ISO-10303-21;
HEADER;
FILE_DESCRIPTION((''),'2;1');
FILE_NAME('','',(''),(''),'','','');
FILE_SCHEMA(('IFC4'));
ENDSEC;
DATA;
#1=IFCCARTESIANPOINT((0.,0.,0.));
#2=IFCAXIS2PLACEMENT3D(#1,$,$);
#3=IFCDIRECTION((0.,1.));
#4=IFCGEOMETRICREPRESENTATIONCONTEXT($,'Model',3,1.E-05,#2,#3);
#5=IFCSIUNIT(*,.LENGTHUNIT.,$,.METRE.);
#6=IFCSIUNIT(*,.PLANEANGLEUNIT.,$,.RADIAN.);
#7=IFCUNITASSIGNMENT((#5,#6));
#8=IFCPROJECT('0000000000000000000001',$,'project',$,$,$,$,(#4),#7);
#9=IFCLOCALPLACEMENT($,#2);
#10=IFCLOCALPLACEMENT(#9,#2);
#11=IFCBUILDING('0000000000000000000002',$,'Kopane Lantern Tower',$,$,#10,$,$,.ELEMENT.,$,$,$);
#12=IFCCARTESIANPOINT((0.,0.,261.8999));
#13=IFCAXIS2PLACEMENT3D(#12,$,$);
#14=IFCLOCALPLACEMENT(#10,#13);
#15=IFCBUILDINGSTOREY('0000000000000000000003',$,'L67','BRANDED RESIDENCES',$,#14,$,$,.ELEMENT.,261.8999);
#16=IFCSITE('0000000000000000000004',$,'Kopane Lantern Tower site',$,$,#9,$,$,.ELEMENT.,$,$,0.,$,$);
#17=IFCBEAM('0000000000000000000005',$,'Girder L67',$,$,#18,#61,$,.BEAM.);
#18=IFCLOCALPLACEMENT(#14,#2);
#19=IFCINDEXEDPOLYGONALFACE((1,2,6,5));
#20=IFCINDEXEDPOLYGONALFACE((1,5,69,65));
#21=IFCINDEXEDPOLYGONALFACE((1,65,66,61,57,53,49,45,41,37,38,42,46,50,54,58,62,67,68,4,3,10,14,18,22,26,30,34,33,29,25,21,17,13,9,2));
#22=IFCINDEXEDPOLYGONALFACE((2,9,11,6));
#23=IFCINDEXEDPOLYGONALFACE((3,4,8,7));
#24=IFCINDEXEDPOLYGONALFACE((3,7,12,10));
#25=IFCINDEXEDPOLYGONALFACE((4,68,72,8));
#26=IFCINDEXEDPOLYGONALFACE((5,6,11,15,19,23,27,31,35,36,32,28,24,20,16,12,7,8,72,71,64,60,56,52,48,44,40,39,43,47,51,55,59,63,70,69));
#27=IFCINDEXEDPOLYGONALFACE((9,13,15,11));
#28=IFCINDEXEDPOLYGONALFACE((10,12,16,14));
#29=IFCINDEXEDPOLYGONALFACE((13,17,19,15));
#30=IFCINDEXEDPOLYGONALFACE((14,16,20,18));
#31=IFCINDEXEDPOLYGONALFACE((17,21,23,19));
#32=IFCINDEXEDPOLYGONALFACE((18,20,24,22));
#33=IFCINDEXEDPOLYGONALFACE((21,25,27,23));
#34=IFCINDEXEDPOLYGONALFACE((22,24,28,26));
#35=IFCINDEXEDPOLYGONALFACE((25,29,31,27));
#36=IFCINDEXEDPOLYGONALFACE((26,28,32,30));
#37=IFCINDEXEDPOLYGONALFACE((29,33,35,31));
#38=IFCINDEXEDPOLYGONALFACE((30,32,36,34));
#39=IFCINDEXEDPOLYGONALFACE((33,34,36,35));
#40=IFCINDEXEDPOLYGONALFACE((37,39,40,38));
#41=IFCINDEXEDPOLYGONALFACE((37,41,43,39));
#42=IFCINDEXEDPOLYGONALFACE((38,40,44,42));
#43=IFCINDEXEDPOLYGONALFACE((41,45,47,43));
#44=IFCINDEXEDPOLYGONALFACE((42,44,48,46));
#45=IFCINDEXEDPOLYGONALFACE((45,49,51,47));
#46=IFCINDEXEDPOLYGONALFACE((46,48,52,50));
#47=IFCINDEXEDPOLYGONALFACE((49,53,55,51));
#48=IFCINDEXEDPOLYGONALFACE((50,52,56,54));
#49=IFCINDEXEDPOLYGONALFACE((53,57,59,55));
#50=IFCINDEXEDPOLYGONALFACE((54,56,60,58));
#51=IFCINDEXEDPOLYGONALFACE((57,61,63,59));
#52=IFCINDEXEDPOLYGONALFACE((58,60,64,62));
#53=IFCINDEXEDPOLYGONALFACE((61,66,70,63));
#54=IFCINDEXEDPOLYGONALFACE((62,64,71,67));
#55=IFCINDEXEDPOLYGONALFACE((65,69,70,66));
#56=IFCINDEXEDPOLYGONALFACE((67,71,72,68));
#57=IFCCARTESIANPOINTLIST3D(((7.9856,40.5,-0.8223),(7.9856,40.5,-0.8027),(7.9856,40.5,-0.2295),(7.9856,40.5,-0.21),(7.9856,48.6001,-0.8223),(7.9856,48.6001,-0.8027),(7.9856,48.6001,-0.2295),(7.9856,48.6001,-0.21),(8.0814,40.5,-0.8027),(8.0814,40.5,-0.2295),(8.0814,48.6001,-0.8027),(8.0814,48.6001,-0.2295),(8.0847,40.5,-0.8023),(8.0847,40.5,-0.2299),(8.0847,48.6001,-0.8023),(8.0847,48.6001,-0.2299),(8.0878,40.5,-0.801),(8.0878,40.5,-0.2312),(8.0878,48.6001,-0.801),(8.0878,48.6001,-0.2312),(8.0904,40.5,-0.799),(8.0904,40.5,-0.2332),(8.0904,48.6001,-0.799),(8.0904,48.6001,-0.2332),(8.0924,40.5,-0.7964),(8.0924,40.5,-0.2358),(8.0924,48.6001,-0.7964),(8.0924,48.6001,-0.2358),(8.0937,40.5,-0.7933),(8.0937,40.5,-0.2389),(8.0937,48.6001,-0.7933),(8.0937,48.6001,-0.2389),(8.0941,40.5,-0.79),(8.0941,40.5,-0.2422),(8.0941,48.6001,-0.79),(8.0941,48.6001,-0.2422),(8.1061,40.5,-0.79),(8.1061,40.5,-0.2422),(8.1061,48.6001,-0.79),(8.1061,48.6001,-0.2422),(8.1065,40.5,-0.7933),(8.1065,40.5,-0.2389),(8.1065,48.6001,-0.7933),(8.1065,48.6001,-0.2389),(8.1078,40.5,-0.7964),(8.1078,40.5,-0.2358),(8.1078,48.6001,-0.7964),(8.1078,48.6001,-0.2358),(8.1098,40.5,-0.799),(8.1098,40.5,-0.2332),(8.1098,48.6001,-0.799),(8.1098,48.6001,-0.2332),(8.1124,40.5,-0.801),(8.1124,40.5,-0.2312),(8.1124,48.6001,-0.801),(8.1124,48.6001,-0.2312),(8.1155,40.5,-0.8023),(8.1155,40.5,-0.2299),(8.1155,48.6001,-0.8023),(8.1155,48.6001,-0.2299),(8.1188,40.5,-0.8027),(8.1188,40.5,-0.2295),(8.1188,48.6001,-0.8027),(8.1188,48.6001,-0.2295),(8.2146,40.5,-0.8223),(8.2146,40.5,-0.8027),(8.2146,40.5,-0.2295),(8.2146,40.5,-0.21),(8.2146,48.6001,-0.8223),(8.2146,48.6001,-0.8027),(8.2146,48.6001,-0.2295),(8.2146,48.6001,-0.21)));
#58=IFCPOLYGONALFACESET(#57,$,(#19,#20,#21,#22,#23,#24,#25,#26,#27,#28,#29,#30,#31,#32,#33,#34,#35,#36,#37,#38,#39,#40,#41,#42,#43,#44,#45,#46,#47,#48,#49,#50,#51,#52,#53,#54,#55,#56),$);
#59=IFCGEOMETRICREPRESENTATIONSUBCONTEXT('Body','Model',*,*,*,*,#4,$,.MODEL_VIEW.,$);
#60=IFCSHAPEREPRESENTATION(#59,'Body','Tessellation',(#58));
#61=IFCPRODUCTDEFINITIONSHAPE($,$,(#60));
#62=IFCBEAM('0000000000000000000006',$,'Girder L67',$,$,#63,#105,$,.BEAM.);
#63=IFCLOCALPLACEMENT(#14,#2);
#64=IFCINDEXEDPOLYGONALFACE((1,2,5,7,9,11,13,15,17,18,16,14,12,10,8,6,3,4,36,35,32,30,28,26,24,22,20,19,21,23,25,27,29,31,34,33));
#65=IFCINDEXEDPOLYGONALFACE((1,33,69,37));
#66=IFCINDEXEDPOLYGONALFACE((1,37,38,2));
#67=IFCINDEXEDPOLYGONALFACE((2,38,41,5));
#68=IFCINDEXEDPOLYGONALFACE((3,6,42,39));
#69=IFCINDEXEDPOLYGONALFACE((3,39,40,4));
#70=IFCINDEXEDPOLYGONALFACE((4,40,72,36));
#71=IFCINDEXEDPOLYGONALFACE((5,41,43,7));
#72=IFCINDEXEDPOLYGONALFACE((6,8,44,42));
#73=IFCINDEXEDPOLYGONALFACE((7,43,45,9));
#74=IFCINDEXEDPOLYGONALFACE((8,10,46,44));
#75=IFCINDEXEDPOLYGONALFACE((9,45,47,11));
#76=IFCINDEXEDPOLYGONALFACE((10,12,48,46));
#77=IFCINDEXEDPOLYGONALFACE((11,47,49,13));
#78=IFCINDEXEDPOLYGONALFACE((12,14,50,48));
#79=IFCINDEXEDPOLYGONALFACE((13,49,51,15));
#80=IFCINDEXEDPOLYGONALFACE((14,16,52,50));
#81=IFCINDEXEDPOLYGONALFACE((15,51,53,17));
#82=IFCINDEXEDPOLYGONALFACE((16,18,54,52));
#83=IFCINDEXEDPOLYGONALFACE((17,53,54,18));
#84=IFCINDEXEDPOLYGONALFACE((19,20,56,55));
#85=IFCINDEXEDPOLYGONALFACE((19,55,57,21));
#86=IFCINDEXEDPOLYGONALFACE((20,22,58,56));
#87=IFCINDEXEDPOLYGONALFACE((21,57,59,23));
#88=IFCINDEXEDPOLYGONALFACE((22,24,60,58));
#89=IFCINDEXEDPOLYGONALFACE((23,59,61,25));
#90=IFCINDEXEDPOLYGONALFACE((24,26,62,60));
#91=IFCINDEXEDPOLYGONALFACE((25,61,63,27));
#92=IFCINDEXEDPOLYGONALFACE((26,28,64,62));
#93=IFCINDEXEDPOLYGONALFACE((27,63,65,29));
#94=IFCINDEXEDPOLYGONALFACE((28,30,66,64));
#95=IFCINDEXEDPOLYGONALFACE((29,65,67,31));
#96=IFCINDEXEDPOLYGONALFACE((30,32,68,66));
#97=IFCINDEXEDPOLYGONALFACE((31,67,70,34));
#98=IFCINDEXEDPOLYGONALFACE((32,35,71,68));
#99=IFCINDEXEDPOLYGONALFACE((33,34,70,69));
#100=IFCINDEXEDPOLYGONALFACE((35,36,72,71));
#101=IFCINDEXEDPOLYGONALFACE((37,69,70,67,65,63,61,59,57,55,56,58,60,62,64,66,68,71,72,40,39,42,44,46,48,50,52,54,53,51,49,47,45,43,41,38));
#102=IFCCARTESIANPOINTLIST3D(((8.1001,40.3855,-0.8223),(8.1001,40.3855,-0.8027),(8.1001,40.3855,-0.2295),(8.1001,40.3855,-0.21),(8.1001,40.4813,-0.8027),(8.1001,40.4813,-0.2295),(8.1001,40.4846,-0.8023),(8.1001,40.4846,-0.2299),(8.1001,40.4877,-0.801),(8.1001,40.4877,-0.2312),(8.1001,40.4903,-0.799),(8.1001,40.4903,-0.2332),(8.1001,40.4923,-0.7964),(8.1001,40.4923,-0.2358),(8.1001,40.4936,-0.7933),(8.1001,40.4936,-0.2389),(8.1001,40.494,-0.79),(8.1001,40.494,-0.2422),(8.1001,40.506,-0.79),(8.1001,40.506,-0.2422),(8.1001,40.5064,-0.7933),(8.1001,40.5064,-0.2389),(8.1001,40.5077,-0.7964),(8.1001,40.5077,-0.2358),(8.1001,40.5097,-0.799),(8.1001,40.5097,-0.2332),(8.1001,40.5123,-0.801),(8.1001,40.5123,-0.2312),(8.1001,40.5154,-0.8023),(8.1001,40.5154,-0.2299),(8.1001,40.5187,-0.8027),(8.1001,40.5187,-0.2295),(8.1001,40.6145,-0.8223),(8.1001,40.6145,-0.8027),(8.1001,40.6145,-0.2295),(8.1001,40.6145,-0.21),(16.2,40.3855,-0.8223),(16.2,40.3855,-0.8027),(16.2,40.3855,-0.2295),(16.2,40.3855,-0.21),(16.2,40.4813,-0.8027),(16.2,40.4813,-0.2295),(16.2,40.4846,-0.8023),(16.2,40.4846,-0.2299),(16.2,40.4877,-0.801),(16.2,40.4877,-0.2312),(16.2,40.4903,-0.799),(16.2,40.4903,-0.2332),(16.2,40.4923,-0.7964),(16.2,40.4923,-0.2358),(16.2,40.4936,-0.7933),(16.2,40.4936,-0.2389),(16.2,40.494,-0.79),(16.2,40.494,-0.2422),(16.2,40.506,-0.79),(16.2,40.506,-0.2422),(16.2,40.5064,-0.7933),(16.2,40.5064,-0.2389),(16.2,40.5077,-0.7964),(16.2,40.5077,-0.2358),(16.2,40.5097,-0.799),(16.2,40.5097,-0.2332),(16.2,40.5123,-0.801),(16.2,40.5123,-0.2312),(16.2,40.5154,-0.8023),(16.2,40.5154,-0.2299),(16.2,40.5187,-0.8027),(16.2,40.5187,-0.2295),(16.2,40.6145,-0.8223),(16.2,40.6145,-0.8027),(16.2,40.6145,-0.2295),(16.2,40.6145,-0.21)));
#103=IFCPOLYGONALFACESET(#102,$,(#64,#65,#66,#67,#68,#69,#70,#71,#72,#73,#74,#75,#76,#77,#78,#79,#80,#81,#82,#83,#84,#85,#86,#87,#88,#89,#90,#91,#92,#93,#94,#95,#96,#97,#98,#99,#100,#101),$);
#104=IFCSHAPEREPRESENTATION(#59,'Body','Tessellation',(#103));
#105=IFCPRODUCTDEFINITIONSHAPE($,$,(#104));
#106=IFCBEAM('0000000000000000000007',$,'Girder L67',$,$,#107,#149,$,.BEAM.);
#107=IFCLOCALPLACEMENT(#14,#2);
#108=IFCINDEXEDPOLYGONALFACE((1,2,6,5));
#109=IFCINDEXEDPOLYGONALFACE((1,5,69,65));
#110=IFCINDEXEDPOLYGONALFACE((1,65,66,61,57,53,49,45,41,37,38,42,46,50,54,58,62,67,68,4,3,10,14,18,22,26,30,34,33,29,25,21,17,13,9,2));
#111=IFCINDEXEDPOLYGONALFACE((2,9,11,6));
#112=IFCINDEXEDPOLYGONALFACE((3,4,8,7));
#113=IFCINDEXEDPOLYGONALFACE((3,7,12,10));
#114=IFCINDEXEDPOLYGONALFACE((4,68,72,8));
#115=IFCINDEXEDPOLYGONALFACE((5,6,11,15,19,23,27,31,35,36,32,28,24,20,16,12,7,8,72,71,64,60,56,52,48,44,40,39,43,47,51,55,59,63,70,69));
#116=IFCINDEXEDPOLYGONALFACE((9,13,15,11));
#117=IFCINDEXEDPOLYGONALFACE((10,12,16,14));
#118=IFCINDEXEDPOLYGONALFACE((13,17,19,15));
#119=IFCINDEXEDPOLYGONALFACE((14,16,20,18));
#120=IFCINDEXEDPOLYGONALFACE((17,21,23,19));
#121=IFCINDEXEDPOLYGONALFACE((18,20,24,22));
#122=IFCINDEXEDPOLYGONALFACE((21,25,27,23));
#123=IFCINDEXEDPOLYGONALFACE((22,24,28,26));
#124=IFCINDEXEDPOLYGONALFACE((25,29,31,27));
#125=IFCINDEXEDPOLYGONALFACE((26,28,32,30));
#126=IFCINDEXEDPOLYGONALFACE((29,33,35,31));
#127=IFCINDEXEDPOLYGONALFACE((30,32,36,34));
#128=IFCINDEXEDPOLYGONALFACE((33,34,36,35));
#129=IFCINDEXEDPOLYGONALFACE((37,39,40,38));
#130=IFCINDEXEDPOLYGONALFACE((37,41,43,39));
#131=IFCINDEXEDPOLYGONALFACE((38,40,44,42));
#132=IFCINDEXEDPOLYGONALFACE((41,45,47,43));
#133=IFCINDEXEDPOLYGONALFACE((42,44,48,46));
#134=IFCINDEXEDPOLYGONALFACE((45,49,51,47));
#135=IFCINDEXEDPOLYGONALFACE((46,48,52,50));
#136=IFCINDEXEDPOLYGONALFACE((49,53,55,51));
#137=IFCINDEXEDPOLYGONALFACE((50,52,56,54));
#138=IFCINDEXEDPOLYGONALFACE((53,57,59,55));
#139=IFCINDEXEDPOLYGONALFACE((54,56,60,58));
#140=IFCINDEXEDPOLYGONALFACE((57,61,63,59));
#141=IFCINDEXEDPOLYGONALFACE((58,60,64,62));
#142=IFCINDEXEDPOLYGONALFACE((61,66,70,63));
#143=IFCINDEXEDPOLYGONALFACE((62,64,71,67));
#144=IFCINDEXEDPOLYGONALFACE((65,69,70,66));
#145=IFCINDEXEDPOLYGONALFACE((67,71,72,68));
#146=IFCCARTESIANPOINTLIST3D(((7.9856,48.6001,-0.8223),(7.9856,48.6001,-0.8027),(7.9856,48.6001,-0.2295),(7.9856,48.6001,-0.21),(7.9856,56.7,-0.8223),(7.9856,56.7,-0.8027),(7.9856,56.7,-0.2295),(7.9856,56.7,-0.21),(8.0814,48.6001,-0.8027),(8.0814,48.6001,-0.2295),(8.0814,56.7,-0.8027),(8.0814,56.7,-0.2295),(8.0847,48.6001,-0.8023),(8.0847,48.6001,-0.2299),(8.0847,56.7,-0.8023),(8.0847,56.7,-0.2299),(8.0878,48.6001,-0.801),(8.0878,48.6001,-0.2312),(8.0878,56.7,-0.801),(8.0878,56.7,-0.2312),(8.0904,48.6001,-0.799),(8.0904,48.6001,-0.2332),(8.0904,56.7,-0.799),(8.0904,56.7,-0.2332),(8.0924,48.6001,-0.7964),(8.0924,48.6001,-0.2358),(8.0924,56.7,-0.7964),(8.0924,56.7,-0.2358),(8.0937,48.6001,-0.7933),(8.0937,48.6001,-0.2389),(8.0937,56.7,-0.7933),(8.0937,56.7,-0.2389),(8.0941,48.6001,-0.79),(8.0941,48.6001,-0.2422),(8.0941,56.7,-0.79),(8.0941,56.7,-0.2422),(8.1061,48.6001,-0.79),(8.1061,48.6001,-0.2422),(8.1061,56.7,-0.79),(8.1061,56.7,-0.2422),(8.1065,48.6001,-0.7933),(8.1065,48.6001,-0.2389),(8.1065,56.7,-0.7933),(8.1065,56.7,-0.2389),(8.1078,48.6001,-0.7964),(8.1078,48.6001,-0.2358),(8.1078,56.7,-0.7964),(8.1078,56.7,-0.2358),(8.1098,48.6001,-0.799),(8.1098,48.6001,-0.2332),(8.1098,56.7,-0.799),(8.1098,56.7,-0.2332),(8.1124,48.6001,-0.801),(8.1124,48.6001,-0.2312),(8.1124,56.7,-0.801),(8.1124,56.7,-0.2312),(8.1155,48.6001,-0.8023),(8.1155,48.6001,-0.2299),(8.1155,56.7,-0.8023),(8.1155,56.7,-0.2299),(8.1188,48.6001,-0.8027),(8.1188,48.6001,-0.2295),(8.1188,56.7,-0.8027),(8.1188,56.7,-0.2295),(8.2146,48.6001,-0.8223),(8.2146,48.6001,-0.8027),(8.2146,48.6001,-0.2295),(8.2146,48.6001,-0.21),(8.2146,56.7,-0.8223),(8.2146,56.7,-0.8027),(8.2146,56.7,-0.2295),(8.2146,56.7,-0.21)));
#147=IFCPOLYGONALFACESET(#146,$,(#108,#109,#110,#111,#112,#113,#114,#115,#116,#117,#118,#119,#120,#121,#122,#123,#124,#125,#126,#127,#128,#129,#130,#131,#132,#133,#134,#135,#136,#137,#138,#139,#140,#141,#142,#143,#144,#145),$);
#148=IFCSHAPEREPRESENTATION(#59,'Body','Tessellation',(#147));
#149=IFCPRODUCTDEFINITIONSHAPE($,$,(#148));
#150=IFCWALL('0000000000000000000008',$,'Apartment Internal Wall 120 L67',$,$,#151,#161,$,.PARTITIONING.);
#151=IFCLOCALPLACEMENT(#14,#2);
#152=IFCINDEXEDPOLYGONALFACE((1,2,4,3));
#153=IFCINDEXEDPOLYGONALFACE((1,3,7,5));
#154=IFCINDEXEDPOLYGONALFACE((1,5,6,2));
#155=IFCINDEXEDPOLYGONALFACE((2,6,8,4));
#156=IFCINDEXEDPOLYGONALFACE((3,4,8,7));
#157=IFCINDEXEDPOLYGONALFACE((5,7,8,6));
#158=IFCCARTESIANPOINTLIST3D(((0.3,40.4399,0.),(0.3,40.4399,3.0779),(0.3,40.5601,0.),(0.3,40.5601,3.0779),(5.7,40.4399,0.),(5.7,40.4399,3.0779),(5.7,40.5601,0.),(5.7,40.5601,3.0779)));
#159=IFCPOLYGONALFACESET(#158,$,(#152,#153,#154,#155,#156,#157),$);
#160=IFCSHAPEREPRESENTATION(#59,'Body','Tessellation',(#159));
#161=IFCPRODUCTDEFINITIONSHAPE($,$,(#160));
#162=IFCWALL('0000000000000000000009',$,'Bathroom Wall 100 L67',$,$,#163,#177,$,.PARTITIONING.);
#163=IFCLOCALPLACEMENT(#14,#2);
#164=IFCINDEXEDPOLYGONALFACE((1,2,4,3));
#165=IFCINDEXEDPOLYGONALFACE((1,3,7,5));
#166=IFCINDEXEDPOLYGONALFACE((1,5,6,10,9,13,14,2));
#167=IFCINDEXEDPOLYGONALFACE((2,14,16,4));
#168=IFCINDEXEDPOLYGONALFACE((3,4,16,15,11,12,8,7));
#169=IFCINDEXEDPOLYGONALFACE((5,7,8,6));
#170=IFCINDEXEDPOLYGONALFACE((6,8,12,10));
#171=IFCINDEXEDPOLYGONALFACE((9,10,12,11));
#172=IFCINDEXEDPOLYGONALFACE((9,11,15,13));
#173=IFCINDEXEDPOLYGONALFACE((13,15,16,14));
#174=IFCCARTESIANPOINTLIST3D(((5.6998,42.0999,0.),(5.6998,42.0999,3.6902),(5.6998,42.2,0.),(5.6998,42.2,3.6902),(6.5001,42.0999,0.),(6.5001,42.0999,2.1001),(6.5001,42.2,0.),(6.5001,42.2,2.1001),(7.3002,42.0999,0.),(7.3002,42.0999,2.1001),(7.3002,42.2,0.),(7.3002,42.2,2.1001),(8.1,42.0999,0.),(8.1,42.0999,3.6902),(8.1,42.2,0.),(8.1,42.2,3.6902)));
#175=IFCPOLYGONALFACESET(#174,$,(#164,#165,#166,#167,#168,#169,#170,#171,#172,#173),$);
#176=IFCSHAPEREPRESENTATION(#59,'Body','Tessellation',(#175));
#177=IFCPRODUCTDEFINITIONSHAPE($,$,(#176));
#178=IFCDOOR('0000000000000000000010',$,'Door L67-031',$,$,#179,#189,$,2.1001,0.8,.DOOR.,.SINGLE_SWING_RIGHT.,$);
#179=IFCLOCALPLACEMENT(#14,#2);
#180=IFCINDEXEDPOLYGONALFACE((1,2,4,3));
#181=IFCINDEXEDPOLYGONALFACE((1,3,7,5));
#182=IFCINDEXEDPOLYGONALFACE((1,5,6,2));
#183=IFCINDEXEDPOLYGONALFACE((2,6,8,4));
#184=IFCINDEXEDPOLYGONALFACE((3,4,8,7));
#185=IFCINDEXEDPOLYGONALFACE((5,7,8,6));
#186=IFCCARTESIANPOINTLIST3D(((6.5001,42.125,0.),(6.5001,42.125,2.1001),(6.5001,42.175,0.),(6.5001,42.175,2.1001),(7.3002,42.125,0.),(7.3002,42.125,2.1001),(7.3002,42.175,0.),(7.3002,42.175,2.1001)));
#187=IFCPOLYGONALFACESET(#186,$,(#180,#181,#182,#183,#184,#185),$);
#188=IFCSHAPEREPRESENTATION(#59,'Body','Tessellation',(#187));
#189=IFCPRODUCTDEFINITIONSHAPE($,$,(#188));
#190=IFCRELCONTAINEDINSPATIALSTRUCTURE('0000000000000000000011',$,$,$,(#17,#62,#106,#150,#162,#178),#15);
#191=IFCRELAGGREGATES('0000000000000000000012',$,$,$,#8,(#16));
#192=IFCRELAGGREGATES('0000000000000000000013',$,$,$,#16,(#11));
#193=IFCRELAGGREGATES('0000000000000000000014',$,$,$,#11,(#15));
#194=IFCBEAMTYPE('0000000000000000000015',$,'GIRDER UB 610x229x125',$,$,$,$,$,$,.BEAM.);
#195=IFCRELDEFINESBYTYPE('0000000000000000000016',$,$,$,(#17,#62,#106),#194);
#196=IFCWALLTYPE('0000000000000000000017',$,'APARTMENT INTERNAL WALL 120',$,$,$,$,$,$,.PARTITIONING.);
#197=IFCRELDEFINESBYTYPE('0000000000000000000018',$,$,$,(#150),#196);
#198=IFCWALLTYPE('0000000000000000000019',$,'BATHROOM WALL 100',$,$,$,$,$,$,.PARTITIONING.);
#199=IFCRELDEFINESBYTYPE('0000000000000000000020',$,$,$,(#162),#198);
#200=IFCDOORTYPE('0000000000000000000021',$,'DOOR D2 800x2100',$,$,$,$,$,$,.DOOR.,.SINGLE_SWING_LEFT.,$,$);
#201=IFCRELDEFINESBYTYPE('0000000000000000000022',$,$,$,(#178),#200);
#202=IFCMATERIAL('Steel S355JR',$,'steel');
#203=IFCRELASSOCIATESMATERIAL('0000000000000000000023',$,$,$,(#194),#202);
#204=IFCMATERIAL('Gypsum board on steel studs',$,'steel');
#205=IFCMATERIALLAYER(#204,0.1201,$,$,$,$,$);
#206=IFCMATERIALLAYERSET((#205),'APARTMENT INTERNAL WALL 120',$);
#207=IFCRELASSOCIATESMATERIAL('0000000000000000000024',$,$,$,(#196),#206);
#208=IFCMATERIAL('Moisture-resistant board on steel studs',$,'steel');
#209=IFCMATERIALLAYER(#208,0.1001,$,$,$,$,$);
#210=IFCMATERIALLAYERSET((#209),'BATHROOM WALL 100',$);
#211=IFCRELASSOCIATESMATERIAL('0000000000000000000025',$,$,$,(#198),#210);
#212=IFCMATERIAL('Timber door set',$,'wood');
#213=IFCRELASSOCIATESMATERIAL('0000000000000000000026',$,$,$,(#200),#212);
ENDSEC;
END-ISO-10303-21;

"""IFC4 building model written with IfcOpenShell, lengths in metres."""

from ifc_helpers import new_model, si_unit, direction, frame, frame_2d, origin, origin_2d, place, context, subcontext, project, spatial, rectangle, i_section, extrude, material, layer, layer_set, material_profile, profile_set, type_object, element, fill, save


model = new_model("IFC4")

# Units and contexts
model_context = context("Model", 3, precision=1e-05, world=origin(), true_north=direction((0.0, 1.0)))
body_context = subcontext(model_context, "Body", "Model", "MODEL_VIEW")
ifc_project = project(units=[si_unit("LENGTHUNIT", "METRE"), si_unit("PLANEANGLEUNIT", "RADIAN")], contexts=[model_context])

# Site, building, storey
site_placement = place(None, origin())
site = spatial("IfcSite", under=ifc_project, at=site_placement, Name="Kopane Lantern Tower site", CompositionType="ELEMENT", RefElevation=0.0)
building_placement = place(site_placement, origin())
building = spatial("IfcBuilding", under=site, at=building_placement, Name="Kopane Lantern Tower", CompositionType="ELEMENT")
storey_placement = place(building_placement, frame((0.0, 0.0, 261.8999)))
storey = spatial("IfcBuildingStorey", under=building, at=storey_placement, Name="L67", Description="BRANDED RESIDENCES", CompositionType="ELEMENT", Elevation=261.8999)

# Beams
ifc_material_1 = material(Name="Steel S355JR", Category="steel")
ifc_material_profile_1 = material_profile(ifc_material_1, i_section(OverallWidth=0.229, OverallDepth=0.6123, WebThickness=0.012, FlangeThickness=0.0195, FilletRadius=0.0127, at=origin_2d()), Name="UB 610x229x125")
ifc_profile_set_1 = profile_set([ifc_material_profile_1], Name="Steel S355JR")
beam_type = type_object("IfcBeamType", Name="GIRDER UB 610x229x125", PredefinedType="BEAM", material=ifc_profile_set_1)
for number, where, z_axis, x_axis, name in (
    (1, (8.1001, 40.5, -0.5161), (0.0, 1.0, 0.0), (-1.0, 0.0, 0.0), "Girder L67"),
):
    element("IfcBeam", number, at=place(storey_placement, frame(where, z_axis=z_axis, x_axis=x_axis)), inside=storey, type_object=beam_type, Name=name, PredefinedType="BEAM", context=body_context, shape_type="SweptSolid", body=[
        extrude(i_section(OverallWidth=0.229, OverallDepth=0.6123, WebThickness=0.012, FlangeThickness=0.0195, FilletRadius=0.0127, at=origin_2d()), origin(), (0.0, 0.0, 1.0), 8.1001),
    ])
for number, where, z_axis, x_axis, name in (
    (2, (8.1001, 40.5, -0.5161), (1.0, 0.0, 0.0), (0.0, 1.0, 0.0), "Girder L67"),
    (3, (8.1001, 48.6001, -0.5161), (0.0, 1.0, 0.0), (-1.0, 0.0, 0.0), "Girder L67"),
):
    element("IfcBeam", number, at=place(storey_placement, frame(where, z_axis=z_axis, x_axis=x_axis)), inside=storey, type_object=beam_type, Name=name, PredefinedType="BEAM", context=body_context, shape_type="SweptSolid", body=[
        extrude(i_section(OverallWidth=0.229, OverallDepth=0.6123, WebThickness=0.012, FlangeThickness=0.0195, FilletRadius=0.0127, at=origin_2d()), origin(), (0.0, 0.0, 1.0), 8.0999),
    ])

# Wall
ifc_material_2 = material(Name="Gypsum board on steel studs", Category="steel")
ifc_layer_1 = layer(ifc_material_2, 0.1201)
ifc_layer_set_1 = layer_set([ifc_layer_1], Name="APARTMENT INTERNAL WALL 120")
wall_type_1 = type_object("IfcWallType", Name="APARTMENT INTERNAL WALL 120", PredefinedType="PARTITIONING", material=ifc_layer_set_1)
wall_1_placement = place(storey_placement, frame((5.7, 40.5, 0.0), z_axis=(0.0, 0.0, 1.0), x_axis=(-1.0, 0.0, 0.0)))
element("IfcWall", 4, at=wall_1_placement, inside=storey, type_object=wall_type_1, Name="Apartment Internal Wall 120 L67", PredefinedType="PARTITIONING", context=body_context, shape_type="SweptSolid", body=[
    extrude(rectangle(XDim=5.3999, YDim=0.1201, at=frame_2d((2.7, 0.0))), origin(), (0.0, 0.0, 1.0), 3.0779),
])

# Wall, opening, door
ifc_material_3 = material(Name="Moisture-resistant board on steel studs", Category="steel")
ifc_layer_2 = layer(ifc_material_3, 0.1001)
ifc_layer_set_2 = layer_set([ifc_layer_2], Name="BATHROOM WALL 100")
wall_type_2 = type_object("IfcWallType", Name="BATHROOM WALL 100", PredefinedType="PARTITIONING", material=ifc_layer_set_2)
wall_2_placement = place(storey_placement, frame((8.1001, 42.1499, 0.0), z_axis=(0.0, 0.0, 1.0), x_axis=(-1.0, 0.0, 0.0)))
wall_2 = element("IfcWall", 5, at=wall_2_placement, inside=storey, type_object=wall_type_2, Name="Bathroom Wall 100 L67", PredefinedType="PARTITIONING", context=body_context, shape_type="SweptSolid", body=[
    extrude(rectangle(XDim=2.4001, YDim=0.1001, at=frame_2d((1.2002, 0.0))), origin(), (0.0, 0.0, 1.0), 3.6902),
])
opening_1_placement = place(wall_2_placement, frame((0.8, 0.0, 0.0)))
opening_1 = element("IfcOpeningElement", 6, at=opening_1_placement, cuts=wall_2, PredefinedType="OPENING", context=body_context, shape_type="SweptSolid", body=[
    extrude(rectangle(XDim=0.8, YDim=2.1001, at=frame_2d((0.3999, 1.05))), frame((0.0, 0.0601, 0.0), z_axis=(0.0, -1.0, 0.0), x_axis=(1.0, 0.0, 0.0)), (0.0, 0.0, 1.0), 0.1201),
])
ifc_material_4 = material(Name="Timber door set", Category="wood")
door_type = type_object("IfcDoorType", Name="DOOR D2 800x2100", OperationType="SINGLE_SWING_LEFT", PredefinedType="DOOR", material=ifc_material_4)
door_1_placement = place(opening_1_placement, origin())
door_1 = element("IfcDoor", 7, at=door_1_placement, inside=storey, type_object=door_type, Name="Door L67-031", OperationType="SINGLE_SWING_RIGHT", OverallHeight=2.1001, OverallWidth=0.8, PredefinedType="DOOR", context=body_context, shape_type="SweptSolid", body=[
    extrude(rectangle(XDim=0.8, YDim=2.1001, at=frame_2d((0.3999, 1.05))), frame((0.0, 0.0249, 0.0), z_axis=(0.0, -1.0, 0.0), x_axis=(1.0, 0.0, 0.0)), (0.0, 0.0, 1.0), 0.05),
])
fill(opening_1, door_1)

save(model, "model.ifc")
